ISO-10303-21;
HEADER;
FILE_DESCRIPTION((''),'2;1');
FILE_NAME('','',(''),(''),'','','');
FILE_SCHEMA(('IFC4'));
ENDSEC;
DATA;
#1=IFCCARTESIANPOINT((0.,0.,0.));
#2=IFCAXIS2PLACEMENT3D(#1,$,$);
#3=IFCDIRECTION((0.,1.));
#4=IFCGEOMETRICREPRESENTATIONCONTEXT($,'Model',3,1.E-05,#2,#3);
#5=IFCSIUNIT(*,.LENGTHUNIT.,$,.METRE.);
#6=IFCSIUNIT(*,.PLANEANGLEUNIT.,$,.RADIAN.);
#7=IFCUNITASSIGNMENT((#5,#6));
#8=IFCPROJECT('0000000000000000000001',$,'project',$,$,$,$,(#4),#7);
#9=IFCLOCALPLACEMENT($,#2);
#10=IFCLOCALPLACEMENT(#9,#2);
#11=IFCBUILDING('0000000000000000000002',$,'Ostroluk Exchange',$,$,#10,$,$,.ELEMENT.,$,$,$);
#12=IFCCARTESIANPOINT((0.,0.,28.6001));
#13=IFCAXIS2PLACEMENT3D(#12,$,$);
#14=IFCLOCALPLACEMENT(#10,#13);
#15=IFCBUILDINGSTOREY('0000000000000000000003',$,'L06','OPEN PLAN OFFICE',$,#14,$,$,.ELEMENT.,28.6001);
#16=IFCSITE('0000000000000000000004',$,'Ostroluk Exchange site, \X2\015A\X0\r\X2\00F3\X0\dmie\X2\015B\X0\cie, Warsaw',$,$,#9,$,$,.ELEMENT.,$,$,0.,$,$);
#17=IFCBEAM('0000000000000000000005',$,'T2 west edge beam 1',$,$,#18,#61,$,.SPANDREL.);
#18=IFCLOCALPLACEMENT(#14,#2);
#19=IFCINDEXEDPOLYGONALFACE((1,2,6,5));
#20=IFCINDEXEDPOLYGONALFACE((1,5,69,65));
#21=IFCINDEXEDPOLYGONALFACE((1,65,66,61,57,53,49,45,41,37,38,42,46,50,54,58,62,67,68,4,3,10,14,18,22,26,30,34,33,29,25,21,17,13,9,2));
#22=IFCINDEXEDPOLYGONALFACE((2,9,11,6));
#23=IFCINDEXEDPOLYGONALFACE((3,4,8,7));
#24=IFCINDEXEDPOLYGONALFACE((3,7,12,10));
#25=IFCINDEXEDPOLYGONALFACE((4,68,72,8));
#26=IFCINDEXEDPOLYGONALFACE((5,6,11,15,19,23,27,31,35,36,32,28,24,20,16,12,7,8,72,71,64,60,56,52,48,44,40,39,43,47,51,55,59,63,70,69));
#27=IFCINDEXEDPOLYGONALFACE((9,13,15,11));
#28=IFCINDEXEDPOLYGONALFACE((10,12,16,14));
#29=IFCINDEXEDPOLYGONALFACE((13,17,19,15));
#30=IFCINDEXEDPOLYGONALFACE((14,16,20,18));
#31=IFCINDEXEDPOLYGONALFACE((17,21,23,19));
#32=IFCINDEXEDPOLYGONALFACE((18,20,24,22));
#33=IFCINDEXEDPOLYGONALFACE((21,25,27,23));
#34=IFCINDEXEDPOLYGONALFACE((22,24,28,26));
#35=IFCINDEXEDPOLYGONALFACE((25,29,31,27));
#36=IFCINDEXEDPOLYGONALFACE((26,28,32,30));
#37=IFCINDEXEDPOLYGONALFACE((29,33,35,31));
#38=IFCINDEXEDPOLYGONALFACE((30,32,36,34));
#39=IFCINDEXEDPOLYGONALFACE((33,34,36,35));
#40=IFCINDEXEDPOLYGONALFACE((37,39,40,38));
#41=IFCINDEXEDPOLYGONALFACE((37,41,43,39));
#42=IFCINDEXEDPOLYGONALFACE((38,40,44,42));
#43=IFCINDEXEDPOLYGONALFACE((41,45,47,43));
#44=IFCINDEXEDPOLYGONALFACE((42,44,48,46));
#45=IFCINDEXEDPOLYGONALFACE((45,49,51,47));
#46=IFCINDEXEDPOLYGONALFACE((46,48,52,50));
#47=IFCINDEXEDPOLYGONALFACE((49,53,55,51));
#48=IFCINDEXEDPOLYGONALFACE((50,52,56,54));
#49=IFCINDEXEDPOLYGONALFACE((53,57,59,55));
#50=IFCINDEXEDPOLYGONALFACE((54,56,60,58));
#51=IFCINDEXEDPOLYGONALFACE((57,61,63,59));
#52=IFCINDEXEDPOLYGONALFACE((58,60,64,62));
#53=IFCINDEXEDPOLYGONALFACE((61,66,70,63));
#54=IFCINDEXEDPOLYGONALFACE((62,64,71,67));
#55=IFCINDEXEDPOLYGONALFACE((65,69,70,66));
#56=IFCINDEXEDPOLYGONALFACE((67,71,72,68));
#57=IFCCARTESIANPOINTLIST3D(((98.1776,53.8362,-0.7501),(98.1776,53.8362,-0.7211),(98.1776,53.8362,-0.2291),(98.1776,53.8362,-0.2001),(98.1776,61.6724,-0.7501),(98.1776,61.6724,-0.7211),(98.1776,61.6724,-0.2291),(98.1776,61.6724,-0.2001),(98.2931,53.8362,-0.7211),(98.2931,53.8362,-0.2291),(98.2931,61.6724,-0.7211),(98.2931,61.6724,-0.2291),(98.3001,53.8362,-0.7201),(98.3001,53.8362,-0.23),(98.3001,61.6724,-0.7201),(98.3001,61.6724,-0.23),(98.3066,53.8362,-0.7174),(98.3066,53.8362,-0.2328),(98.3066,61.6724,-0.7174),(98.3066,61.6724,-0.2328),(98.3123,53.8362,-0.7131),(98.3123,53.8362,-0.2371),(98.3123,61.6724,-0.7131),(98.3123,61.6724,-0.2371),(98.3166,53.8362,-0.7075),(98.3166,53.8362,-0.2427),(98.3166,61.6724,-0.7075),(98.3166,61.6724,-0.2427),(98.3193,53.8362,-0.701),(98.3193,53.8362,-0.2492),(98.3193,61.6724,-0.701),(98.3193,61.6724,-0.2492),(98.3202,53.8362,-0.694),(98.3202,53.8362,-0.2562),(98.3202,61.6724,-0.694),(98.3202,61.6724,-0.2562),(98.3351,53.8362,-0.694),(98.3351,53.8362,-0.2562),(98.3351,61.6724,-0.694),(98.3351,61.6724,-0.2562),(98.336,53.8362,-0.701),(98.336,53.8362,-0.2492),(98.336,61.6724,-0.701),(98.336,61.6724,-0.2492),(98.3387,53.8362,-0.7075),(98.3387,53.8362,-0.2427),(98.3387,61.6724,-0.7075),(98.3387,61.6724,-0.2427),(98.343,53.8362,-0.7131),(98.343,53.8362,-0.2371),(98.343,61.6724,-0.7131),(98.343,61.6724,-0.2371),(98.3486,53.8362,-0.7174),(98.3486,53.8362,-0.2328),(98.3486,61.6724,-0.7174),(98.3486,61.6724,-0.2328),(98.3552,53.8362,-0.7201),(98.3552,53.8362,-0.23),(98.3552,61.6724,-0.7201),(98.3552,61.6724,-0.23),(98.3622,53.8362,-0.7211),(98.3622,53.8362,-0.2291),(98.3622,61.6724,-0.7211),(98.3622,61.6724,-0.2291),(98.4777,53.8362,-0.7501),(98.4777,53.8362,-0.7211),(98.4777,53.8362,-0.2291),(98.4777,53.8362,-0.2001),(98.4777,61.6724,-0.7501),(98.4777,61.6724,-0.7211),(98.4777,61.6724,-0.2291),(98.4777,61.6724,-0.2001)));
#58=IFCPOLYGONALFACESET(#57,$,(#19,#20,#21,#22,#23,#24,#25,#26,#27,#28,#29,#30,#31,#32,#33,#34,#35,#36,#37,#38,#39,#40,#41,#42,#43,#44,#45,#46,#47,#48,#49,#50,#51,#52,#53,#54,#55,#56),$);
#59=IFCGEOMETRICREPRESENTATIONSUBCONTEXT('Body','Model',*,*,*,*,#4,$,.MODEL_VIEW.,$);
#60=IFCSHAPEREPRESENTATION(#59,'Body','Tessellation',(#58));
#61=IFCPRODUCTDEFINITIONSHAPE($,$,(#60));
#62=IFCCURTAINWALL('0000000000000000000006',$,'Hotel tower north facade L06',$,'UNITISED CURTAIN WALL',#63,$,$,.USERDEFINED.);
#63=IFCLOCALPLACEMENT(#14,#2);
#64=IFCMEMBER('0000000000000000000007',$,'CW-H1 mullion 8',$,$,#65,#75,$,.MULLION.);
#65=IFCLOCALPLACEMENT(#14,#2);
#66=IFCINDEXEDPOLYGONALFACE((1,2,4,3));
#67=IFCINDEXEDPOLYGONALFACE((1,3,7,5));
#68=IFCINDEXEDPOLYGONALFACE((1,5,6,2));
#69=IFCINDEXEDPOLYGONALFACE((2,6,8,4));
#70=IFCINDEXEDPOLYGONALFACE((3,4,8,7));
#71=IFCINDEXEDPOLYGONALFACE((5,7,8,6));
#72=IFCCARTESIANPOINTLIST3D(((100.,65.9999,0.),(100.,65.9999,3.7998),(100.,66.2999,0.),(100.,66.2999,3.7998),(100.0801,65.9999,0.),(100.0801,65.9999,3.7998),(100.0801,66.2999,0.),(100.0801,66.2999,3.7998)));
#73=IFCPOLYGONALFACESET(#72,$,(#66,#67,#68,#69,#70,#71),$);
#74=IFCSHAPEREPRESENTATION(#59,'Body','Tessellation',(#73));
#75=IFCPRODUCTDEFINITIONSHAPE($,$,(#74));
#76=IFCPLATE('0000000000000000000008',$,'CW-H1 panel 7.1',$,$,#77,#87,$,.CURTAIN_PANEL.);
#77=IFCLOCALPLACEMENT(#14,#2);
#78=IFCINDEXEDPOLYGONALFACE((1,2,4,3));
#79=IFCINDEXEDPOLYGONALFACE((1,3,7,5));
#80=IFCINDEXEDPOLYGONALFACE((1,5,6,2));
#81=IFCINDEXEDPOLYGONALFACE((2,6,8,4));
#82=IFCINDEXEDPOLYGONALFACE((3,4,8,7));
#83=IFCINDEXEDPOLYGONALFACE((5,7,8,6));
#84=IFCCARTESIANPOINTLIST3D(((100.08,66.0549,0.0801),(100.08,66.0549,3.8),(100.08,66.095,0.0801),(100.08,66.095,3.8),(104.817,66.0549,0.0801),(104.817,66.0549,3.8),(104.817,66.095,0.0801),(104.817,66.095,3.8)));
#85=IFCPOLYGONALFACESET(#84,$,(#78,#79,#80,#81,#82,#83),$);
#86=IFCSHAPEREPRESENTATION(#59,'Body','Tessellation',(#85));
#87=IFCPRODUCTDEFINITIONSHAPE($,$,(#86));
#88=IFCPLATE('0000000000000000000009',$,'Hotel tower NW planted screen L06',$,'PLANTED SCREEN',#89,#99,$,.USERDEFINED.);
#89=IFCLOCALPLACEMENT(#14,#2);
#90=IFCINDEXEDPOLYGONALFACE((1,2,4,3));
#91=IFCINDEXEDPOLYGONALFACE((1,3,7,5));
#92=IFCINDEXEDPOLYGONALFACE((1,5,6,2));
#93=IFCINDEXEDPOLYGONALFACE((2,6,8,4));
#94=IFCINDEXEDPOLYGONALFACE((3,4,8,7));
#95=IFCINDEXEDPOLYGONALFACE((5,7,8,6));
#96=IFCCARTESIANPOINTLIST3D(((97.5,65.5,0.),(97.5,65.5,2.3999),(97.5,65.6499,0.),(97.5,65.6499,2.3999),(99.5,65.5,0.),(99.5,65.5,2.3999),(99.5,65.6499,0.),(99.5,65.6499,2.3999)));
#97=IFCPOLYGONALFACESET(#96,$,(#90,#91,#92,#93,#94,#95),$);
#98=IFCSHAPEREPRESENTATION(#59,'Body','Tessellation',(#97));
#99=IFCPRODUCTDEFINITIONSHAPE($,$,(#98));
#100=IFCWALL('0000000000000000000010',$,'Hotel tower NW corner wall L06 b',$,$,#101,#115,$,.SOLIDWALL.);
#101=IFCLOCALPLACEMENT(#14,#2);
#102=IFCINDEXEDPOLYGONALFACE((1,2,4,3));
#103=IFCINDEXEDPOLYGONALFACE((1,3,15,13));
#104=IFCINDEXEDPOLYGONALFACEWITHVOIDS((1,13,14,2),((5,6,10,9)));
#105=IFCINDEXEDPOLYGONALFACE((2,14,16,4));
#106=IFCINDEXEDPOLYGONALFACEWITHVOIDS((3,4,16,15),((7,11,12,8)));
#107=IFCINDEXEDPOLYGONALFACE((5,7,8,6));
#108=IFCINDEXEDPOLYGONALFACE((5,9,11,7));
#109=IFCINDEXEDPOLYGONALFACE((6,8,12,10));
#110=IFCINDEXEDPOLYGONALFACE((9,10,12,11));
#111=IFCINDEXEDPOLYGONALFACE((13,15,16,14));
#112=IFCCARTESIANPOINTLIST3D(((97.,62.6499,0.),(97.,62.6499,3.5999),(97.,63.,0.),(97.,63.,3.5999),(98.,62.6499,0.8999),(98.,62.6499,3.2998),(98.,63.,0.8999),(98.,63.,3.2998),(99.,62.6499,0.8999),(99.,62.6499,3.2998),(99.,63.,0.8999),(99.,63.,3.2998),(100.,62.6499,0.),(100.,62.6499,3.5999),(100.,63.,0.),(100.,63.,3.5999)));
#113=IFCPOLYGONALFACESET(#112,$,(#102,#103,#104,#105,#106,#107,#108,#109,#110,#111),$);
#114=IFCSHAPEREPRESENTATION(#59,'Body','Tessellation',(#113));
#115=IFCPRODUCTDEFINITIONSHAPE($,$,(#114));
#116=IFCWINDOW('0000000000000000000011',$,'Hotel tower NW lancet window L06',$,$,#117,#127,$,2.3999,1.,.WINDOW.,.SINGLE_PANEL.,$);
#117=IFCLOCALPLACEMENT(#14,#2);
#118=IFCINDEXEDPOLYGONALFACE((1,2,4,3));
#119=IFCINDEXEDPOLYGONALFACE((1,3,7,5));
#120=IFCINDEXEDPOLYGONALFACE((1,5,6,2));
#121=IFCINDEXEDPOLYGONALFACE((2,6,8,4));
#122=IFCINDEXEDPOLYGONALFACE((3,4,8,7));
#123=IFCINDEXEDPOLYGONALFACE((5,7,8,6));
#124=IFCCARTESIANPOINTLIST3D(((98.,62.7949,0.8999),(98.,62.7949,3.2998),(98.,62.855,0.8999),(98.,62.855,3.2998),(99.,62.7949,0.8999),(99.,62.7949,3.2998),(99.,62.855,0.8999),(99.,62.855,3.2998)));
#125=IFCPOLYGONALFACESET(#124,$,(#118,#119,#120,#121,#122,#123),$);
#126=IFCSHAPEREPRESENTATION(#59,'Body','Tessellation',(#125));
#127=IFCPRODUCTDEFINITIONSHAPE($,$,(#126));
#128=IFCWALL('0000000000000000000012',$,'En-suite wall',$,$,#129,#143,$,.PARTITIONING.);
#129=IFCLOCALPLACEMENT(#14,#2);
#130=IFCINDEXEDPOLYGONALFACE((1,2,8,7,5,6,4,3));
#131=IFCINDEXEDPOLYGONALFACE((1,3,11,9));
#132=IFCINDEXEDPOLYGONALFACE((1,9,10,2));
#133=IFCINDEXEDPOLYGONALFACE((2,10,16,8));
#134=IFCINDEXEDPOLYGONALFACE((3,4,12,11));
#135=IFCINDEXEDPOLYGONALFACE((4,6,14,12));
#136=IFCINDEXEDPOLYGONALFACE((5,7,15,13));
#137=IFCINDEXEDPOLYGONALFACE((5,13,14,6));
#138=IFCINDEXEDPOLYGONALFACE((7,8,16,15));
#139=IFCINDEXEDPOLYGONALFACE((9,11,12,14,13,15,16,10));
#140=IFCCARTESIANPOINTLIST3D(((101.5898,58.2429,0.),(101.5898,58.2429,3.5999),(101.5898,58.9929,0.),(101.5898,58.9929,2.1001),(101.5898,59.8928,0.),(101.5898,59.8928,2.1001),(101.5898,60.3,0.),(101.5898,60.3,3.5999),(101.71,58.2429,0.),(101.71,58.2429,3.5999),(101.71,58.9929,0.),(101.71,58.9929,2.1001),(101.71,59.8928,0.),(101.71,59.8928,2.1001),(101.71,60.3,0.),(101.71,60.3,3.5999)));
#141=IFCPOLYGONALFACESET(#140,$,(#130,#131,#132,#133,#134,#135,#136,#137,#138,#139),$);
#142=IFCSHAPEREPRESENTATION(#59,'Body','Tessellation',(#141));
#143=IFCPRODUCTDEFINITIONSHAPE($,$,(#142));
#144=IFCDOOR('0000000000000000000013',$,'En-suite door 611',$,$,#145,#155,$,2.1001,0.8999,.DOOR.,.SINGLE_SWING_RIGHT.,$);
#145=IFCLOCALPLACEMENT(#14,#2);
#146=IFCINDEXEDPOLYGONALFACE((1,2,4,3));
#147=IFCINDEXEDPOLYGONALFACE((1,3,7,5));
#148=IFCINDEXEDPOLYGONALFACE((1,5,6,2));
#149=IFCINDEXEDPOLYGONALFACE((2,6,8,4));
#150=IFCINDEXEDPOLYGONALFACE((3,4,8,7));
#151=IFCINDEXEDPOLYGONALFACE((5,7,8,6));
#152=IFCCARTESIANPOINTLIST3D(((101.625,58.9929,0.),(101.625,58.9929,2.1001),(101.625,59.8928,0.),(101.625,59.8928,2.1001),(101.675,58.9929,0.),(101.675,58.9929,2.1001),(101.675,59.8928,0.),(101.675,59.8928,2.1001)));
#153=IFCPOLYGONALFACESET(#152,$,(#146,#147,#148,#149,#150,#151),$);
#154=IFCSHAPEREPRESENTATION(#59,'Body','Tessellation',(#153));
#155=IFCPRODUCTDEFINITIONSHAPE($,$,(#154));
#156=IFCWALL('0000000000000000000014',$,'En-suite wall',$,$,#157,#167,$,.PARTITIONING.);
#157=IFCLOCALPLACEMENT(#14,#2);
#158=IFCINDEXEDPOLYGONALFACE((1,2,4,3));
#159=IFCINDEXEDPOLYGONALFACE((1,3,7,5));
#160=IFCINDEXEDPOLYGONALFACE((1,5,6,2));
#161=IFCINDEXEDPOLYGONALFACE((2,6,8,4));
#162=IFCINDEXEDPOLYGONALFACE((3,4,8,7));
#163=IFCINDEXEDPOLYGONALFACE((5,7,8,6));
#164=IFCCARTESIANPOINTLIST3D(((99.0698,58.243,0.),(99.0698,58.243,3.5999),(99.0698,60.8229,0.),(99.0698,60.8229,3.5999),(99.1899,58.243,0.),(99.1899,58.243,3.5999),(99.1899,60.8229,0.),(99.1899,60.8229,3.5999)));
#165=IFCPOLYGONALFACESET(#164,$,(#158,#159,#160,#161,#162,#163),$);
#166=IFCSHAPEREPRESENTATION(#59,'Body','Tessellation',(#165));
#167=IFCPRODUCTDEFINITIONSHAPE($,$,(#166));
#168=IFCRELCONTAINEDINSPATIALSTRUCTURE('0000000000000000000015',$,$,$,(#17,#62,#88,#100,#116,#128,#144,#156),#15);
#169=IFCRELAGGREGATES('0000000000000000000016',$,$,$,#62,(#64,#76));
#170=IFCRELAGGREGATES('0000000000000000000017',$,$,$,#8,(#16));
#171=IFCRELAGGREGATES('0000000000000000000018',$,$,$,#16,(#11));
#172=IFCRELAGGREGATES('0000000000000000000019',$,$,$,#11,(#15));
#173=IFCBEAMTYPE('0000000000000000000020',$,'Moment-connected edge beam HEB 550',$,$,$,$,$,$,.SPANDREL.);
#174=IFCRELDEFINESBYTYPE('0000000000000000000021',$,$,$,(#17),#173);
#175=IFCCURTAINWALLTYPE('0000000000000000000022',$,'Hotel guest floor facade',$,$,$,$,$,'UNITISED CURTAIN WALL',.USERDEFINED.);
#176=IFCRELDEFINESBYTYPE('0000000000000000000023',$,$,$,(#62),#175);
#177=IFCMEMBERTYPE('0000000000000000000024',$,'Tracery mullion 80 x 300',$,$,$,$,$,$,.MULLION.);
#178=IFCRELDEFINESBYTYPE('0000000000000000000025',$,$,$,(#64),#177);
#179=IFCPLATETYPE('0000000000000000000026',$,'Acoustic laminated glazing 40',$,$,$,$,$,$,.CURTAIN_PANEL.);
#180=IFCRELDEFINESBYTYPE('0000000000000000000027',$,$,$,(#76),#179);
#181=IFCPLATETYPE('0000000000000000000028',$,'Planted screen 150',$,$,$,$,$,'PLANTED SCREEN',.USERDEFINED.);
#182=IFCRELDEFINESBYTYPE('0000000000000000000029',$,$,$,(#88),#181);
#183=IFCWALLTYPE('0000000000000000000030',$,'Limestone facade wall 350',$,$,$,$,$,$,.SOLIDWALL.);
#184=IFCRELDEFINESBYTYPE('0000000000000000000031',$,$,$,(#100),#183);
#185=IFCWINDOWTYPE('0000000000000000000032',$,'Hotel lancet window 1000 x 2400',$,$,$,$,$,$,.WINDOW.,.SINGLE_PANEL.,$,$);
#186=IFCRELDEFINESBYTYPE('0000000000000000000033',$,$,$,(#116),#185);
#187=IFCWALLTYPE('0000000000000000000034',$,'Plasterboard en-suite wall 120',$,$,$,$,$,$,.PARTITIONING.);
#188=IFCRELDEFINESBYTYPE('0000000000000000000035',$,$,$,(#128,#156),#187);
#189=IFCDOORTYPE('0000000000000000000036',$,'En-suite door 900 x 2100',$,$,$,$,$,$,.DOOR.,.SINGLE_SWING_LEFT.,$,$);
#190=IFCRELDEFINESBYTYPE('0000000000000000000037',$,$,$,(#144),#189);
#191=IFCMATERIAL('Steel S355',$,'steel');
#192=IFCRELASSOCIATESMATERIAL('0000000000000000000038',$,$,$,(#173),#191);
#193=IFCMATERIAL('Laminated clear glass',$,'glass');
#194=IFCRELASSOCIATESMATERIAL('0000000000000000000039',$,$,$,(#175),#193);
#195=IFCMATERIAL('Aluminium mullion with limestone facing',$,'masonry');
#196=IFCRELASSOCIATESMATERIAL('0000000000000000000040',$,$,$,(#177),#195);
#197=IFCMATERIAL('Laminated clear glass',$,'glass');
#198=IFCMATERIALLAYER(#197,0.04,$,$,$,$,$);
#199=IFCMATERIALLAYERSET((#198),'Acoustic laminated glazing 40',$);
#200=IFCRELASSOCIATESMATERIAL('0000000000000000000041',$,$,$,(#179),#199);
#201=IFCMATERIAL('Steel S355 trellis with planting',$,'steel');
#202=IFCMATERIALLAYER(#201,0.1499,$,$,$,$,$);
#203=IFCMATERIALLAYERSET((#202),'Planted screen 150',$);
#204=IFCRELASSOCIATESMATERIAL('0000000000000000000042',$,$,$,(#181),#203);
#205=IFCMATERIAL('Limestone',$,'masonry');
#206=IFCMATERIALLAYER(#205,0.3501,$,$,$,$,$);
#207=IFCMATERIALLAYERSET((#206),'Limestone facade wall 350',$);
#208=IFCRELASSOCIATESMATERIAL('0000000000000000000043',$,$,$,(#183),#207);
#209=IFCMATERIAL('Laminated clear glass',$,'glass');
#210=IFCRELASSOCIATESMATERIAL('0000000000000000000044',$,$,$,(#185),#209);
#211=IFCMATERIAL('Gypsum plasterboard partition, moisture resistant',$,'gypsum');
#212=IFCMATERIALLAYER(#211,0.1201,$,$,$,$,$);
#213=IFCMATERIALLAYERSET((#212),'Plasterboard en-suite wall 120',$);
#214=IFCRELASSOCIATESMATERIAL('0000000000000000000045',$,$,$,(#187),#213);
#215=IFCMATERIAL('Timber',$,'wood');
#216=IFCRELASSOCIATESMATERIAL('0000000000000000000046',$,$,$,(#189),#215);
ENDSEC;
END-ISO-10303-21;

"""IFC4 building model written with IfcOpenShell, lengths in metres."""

from ifc_helpers import new_model, si_unit, direction, frame, frame_2d, origin, origin_2d, place, context, subcontext, project, spatial, rectangle, i_section, extrude, material, layer, layer_set, material_profile, profile_set, type_object, element, fill, aggregate, save


model = new_model("IFC4")

# Units and contexts
model_context = context("Model", 3, precision=1e-05, world=origin(), true_north=direction((0.0, 1.0)))
body_context = subcontext(model_context, "Body", "Model", "MODEL_VIEW")
ifc_project = project(units=[si_unit("LENGTHUNIT", "METRE"), si_unit("PLANEANGLEUNIT", "RADIAN")], contexts=[model_context])

# Site, building, storey
site_placement = place(None, origin())
site = spatial("IfcSite", under=ifc_project, at=site_placement, Name="Ostroluk Exchange site, Śródmieście, Warsaw", CompositionType="ELEMENT", RefElevation=0.0)
building_placement = place(site_placement, origin())
building = spatial("IfcBuilding", under=site, at=building_placement, Name="Ostroluk Exchange", CompositionType="ELEMENT")
storey_placement = place(building_placement, frame((0.0, 0.0, 28.6001)))
storey = spatial("IfcBuildingStorey", under=building, at=storey_placement, Name="L06", Description="OPEN PLAN OFFICE", CompositionType="ELEMENT", Elevation=28.6001)

# Beam
ifc_material_1 = material(Name="Steel S355", Category="steel")
ifc_material_profile_1 = material_profile(ifc_material_1, i_section(OverallWidth=0.3, OverallDepth=0.55, WebThickness=0.0149, FlangeThickness=0.0291, FilletRadius=0.0271, at=origin_2d()), Name="HEB 550")
ifc_profile_set_1 = profile_set([ifc_material_profile_1], Name="Steel S355")
beam_type_1 = type_object("IfcBeamType", Name="Moment-connected edge beam HEB 550", PredefinedType="SPANDREL", material=ifc_profile_set_1)
beam_1_placement = place(storey_placement, frame((98.3276, 61.6724, -0.4751), z_axis=(0.0, -1.0, 0.0), x_axis=(1.0, 0.0, 0.0)))
element("IfcBeam", 1, at=beam_1_placement, inside=storey, type_object=beam_type_1, Name="T2 west edge beam 1", PredefinedType="SPANDREL", context=body_context, shape_type="SweptSolid", body=[
    extrude(i_section(OverallWidth=0.3, OverallDepth=0.55, WebThickness=0.0149, FlangeThickness=0.0291, FilletRadius=0.0271, at=origin_2d()), origin(), (0.0, 0.0, 1.0), 7.8362),
])

# Curtain wall, member, plate
ifc_material_2 = material(Name="Laminated clear glass", Category="glass")
curtain_wall_type = type_object("IfcCurtainWallType", Name="Hotel guest floor facade", ElementType="UNITISED CURTAIN WALL", PredefinedType="USERDEFINED", material=ifc_material_2)
curtain_wall_placement = place(storey_placement, origin())
curtain_wall = element("IfcCurtainWall", 2, at=curtain_wall_placement, inside=storey, type_object=curtain_wall_type, Name="Hotel tower north facade L06", ObjectType="UNITISED CURTAIN WALL", PredefinedType="USERDEFINED")
ifc_material_3 = material(Name="Aluminium mullion with limestone facing", Category="masonry")
ifc_material_profile_2 = material_profile(ifc_material_3, rectangle(XDim=0.3, YDim=0.0801, at=origin_2d()), Name="Tracery mullion 80 x 300")
ifc_profile_set_2 = profile_set([ifc_material_profile_2], Name="Aluminium mullion with limestone facing")
member_type = type_object("IfcMemberType", Name="Tracery mullion 80 x 300", PredefinedType="MULLION", material=ifc_profile_set_2)
member_placement = place(storey_placement, frame((100.04, 66.1499, 0.0), z_axis=(0.0, 0.0, 1.0), x_axis=(0.0, -1.0, 0.0)))
member = element("IfcMember", 3, at=member_placement, type_object=member_type, Name="CW-H1 mullion 8", PredefinedType="MULLION", context=body_context, shape_type="SweptSolid", body=[
    extrude(rectangle(XDim=0.3, YDim=0.0801, at=origin_2d()), origin(), (0.0, 0.0, 1.0), 3.7998),
])
ifc_material_4 = material(Name="Laminated clear glass", Category="glass")
ifc_layer_1 = layer(ifc_material_4, 0.04)
ifc_layer_set_1 = layer_set([ifc_layer_1], Name="Acoustic laminated glazing 40")
plate_type_1 = type_object("IfcPlateType", Name="Acoustic laminated glazing 40", PredefinedType="CURTAIN_PANEL", material=ifc_layer_set_1)
plate_1_placement = place(storey_placement, frame((102.4485, 66.075, 0.0801), z_axis=(0.0, 0.0, 1.0), x_axis=(-1.0, 0.0, 0.0)))
plate_1 = element("IfcPlate", 4, at=plate_1_placement, type_object=plate_type_1, Name="CW-H1 panel 7.1", PredefinedType="CURTAIN_PANEL", context=body_context, shape_type="SweptSolid", body=[
    extrude(rectangle(XDim=4.7371, YDim=0.04, at=origin_2d()), origin(), (0.0, 0.0, 1.0), 3.72),
])
aggregate(curtain_wall, [member, plate_1])

# Plate
ifc_material_5 = material(Name="Steel S355 trellis with planting", Category="steel")
ifc_layer_2 = layer(ifc_material_5, 0.1499)
ifc_layer_set_2 = layer_set([ifc_layer_2], Name="Planted screen 150")
plate_type_2 = type_object("IfcPlateType", Name="Planted screen 150", ElementType="PLANTED SCREEN", PredefinedType="USERDEFINED", material=ifc_layer_set_2)
plate_2_placement = place(storey_placement, frame((98.5, 65.575, 0.0), z_axis=(0.0, 0.0, 1.0), x_axis=(1.0, 0.0, 0.0)))
element("IfcPlate", 5, at=plate_2_placement, inside=storey, type_object=plate_type_2, Name="Hotel tower NW planted screen L06", ObjectType="PLANTED SCREEN", PredefinedType="USERDEFINED", context=body_context, shape_type="SweptSolid", body=[
    extrude(rectangle(XDim=2.0, YDim=0.1499, at=origin_2d()), origin(), (0.0, 0.0, 1.0), 2.3999),
])

# Shared definitions
ifc_material_6 = material(Name="Limestone", Category="masonry")
ifc_layer_3 = layer(ifc_material_6, 0.3501)
ifc_layer_set_3 = layer_set([ifc_layer_3], Name="Limestone facade wall 350")
wall_type_1 = type_object("IfcWallType", Name="Limestone facade wall 350", PredefinedType="SOLIDWALL", material=ifc_layer_set_3)

# Wall, opening, window
wall_1_placement = place(storey_placement, frame((100.0, 62.825, 0.0), z_axis=(0.0, 0.0, 1.0), x_axis=(-1.0, 0.0, 0.0)))
wall_1 = element("IfcWall", 6, at=wall_1_placement, inside=storey, type_object=wall_type_1, Name="Hotel tower NW corner wall L06 b", PredefinedType="SOLIDWALL", context=body_context, shape_type="SweptSolid", body=[
    extrude(rectangle(XDim=3.0, YDim=0.3501, at=frame_2d((1.5, 0.0))), origin(), (0.0, 0.0, 1.0), 3.5999),
])
opening_1_placement = place(wall_1_placement, frame((1.0, 0.0, 0.8999)))
opening_1 = element("IfcOpeningElement", 7, at=opening_1_placement, cuts=wall_1, PredefinedType="OPENING", context=body_context, shape_type="SweptSolid", body=[
    extrude(rectangle(XDim=1.0, YDim=2.3999, at=frame_2d((0.5, 1.2))), frame((0.0, 0.1851, 0.0), z_axis=(0.0, -1.0, 0.0), x_axis=(1.0, 0.0, 0.0)), (0.0, 0.0, 1.0), 0.3701),
])
ifc_material_7 = material(Name="Laminated clear glass", Category="glass")
window_type = type_object("IfcWindowType", Name="Hotel lancet window 1000 x 2400", PartitioningType="SINGLE_PANEL", PredefinedType="WINDOW", material=ifc_material_7)
window_placement = place(opening_1_placement, origin())
window = element("IfcWindow", 8, at=window_placement, inside=storey, type_object=window_type, Name="Hotel tower NW lancet window L06", OverallHeight=2.3999, OverallWidth=1.0, PartitioningType="SINGLE_PANEL", PredefinedType="WINDOW", context=body_context, shape_type="SweptSolid", body=[
    extrude(rectangle(XDim=1.0, YDim=2.3999, at=frame_2d((0.5, 1.2))), frame((0.0, 0.03, 0.0), z_axis=(0.0, -1.0, 0.0), x_axis=(1.0, 0.0, 0.0)), (0.0, 0.0, 1.0), 0.0601),
])
fill(opening_1, window)

# Wall, opening, door
ifc_material_8 = material(Name="Gypsum plasterboard partition, moisture resistant", Category="gypsum")
ifc_layer_4 = layer(ifc_material_8, 0.1201)
ifc_layer_set_4 = layer_set([ifc_layer_4], Name="Plasterboard en-suite wall 120")
wall_type_2 = type_object("IfcWallType", Name="Plasterboard en-suite wall 120", PredefinedType="PARTITIONING", material=ifc_layer_set_4)
wall_2_placement = place(storey_placement, frame((101.6499, 58.2429, 0.0), z_axis=(0.0, 0.0, 1.0), x_axis=(0.0, 1.0, 0.0)))
wall_2 = element("IfcWall", 9, at=wall_2_placement, inside=storey, type_object=wall_type_2, Name="En-suite wall", PredefinedType="PARTITIONING", context=body_context, shape_type="SweptSolid", body=[
    extrude(rectangle(XDim=2.0571, YDim=0.1201, at=frame_2d((1.0286, 0.0))), origin(), (0.0, 0.0, 1.0), 3.5999),
])
opening_2_placement = place(wall_2_placement, frame((0.75, 0.0, 0.0)))
opening_2 = element("IfcOpeningElement", 10, at=opening_2_placement, cuts=wall_2, PredefinedType="OPENING", context=body_context, shape_type="SweptSolid", body=[
    extrude(rectangle(XDim=0.8999, YDim=2.1001, at=frame_2d((0.45, 1.05))), frame((0.0, 0.0701, 0.0), z_axis=(0.0, -1.0, 0.0), x_axis=(1.0, 0.0, 0.0)), (0.0, 0.0, 1.0), 0.1401),
])
ifc_material_9 = material(Name="Timber", Category="wood")
door_type_1 = type_object("IfcDoorType", Name="En-suite door 900 x 2100", OperationType="SINGLE_SWING_LEFT", PredefinedType="DOOR", material=ifc_material_9)
door_1_placement = place(opening_2_placement, origin())
door_1 = element("IfcDoor", 11, at=door_1_placement, inside=storey, type_object=door_type_1, Name="En-suite door 611", OperationType="SINGLE_SWING_RIGHT", OverallHeight=2.1001, OverallWidth=0.8999, PredefinedType="DOOR", context=body_context, shape_type="SweptSolid", body=[
    extrude(rectangle(XDim=0.8999, YDim=2.1001, at=frame_2d((0.45, 1.05))), frame((0.0, 0.0249, 0.0), z_axis=(0.0, -1.0, 0.0), x_axis=(1.0, 0.0, 0.0)), (0.0, 0.0, 1.0), 0.05),
])
fill(opening_2, door_1)

# Wall
wall_3_placement = place(storey_placement, frame((99.1299, 58.2429, 0.0), z_axis=(0.0, 0.0, 1.0), x_axis=(0.0, 1.0, 0.0)))
element("IfcWall", 12, at=wall_3_placement, inside=storey, type_object=wall_type_2, Name="En-suite wall", PredefinedType="PARTITIONING", context=body_context, shape_type="SweptSolid", body=[
    extrude(rectangle(XDim=2.5798, YDim=0.1201, at=frame_2d((1.29, 0.0))), origin(), (0.0, 0.0, 1.0), 3.5999),
])

save(model, "model.ifc")
